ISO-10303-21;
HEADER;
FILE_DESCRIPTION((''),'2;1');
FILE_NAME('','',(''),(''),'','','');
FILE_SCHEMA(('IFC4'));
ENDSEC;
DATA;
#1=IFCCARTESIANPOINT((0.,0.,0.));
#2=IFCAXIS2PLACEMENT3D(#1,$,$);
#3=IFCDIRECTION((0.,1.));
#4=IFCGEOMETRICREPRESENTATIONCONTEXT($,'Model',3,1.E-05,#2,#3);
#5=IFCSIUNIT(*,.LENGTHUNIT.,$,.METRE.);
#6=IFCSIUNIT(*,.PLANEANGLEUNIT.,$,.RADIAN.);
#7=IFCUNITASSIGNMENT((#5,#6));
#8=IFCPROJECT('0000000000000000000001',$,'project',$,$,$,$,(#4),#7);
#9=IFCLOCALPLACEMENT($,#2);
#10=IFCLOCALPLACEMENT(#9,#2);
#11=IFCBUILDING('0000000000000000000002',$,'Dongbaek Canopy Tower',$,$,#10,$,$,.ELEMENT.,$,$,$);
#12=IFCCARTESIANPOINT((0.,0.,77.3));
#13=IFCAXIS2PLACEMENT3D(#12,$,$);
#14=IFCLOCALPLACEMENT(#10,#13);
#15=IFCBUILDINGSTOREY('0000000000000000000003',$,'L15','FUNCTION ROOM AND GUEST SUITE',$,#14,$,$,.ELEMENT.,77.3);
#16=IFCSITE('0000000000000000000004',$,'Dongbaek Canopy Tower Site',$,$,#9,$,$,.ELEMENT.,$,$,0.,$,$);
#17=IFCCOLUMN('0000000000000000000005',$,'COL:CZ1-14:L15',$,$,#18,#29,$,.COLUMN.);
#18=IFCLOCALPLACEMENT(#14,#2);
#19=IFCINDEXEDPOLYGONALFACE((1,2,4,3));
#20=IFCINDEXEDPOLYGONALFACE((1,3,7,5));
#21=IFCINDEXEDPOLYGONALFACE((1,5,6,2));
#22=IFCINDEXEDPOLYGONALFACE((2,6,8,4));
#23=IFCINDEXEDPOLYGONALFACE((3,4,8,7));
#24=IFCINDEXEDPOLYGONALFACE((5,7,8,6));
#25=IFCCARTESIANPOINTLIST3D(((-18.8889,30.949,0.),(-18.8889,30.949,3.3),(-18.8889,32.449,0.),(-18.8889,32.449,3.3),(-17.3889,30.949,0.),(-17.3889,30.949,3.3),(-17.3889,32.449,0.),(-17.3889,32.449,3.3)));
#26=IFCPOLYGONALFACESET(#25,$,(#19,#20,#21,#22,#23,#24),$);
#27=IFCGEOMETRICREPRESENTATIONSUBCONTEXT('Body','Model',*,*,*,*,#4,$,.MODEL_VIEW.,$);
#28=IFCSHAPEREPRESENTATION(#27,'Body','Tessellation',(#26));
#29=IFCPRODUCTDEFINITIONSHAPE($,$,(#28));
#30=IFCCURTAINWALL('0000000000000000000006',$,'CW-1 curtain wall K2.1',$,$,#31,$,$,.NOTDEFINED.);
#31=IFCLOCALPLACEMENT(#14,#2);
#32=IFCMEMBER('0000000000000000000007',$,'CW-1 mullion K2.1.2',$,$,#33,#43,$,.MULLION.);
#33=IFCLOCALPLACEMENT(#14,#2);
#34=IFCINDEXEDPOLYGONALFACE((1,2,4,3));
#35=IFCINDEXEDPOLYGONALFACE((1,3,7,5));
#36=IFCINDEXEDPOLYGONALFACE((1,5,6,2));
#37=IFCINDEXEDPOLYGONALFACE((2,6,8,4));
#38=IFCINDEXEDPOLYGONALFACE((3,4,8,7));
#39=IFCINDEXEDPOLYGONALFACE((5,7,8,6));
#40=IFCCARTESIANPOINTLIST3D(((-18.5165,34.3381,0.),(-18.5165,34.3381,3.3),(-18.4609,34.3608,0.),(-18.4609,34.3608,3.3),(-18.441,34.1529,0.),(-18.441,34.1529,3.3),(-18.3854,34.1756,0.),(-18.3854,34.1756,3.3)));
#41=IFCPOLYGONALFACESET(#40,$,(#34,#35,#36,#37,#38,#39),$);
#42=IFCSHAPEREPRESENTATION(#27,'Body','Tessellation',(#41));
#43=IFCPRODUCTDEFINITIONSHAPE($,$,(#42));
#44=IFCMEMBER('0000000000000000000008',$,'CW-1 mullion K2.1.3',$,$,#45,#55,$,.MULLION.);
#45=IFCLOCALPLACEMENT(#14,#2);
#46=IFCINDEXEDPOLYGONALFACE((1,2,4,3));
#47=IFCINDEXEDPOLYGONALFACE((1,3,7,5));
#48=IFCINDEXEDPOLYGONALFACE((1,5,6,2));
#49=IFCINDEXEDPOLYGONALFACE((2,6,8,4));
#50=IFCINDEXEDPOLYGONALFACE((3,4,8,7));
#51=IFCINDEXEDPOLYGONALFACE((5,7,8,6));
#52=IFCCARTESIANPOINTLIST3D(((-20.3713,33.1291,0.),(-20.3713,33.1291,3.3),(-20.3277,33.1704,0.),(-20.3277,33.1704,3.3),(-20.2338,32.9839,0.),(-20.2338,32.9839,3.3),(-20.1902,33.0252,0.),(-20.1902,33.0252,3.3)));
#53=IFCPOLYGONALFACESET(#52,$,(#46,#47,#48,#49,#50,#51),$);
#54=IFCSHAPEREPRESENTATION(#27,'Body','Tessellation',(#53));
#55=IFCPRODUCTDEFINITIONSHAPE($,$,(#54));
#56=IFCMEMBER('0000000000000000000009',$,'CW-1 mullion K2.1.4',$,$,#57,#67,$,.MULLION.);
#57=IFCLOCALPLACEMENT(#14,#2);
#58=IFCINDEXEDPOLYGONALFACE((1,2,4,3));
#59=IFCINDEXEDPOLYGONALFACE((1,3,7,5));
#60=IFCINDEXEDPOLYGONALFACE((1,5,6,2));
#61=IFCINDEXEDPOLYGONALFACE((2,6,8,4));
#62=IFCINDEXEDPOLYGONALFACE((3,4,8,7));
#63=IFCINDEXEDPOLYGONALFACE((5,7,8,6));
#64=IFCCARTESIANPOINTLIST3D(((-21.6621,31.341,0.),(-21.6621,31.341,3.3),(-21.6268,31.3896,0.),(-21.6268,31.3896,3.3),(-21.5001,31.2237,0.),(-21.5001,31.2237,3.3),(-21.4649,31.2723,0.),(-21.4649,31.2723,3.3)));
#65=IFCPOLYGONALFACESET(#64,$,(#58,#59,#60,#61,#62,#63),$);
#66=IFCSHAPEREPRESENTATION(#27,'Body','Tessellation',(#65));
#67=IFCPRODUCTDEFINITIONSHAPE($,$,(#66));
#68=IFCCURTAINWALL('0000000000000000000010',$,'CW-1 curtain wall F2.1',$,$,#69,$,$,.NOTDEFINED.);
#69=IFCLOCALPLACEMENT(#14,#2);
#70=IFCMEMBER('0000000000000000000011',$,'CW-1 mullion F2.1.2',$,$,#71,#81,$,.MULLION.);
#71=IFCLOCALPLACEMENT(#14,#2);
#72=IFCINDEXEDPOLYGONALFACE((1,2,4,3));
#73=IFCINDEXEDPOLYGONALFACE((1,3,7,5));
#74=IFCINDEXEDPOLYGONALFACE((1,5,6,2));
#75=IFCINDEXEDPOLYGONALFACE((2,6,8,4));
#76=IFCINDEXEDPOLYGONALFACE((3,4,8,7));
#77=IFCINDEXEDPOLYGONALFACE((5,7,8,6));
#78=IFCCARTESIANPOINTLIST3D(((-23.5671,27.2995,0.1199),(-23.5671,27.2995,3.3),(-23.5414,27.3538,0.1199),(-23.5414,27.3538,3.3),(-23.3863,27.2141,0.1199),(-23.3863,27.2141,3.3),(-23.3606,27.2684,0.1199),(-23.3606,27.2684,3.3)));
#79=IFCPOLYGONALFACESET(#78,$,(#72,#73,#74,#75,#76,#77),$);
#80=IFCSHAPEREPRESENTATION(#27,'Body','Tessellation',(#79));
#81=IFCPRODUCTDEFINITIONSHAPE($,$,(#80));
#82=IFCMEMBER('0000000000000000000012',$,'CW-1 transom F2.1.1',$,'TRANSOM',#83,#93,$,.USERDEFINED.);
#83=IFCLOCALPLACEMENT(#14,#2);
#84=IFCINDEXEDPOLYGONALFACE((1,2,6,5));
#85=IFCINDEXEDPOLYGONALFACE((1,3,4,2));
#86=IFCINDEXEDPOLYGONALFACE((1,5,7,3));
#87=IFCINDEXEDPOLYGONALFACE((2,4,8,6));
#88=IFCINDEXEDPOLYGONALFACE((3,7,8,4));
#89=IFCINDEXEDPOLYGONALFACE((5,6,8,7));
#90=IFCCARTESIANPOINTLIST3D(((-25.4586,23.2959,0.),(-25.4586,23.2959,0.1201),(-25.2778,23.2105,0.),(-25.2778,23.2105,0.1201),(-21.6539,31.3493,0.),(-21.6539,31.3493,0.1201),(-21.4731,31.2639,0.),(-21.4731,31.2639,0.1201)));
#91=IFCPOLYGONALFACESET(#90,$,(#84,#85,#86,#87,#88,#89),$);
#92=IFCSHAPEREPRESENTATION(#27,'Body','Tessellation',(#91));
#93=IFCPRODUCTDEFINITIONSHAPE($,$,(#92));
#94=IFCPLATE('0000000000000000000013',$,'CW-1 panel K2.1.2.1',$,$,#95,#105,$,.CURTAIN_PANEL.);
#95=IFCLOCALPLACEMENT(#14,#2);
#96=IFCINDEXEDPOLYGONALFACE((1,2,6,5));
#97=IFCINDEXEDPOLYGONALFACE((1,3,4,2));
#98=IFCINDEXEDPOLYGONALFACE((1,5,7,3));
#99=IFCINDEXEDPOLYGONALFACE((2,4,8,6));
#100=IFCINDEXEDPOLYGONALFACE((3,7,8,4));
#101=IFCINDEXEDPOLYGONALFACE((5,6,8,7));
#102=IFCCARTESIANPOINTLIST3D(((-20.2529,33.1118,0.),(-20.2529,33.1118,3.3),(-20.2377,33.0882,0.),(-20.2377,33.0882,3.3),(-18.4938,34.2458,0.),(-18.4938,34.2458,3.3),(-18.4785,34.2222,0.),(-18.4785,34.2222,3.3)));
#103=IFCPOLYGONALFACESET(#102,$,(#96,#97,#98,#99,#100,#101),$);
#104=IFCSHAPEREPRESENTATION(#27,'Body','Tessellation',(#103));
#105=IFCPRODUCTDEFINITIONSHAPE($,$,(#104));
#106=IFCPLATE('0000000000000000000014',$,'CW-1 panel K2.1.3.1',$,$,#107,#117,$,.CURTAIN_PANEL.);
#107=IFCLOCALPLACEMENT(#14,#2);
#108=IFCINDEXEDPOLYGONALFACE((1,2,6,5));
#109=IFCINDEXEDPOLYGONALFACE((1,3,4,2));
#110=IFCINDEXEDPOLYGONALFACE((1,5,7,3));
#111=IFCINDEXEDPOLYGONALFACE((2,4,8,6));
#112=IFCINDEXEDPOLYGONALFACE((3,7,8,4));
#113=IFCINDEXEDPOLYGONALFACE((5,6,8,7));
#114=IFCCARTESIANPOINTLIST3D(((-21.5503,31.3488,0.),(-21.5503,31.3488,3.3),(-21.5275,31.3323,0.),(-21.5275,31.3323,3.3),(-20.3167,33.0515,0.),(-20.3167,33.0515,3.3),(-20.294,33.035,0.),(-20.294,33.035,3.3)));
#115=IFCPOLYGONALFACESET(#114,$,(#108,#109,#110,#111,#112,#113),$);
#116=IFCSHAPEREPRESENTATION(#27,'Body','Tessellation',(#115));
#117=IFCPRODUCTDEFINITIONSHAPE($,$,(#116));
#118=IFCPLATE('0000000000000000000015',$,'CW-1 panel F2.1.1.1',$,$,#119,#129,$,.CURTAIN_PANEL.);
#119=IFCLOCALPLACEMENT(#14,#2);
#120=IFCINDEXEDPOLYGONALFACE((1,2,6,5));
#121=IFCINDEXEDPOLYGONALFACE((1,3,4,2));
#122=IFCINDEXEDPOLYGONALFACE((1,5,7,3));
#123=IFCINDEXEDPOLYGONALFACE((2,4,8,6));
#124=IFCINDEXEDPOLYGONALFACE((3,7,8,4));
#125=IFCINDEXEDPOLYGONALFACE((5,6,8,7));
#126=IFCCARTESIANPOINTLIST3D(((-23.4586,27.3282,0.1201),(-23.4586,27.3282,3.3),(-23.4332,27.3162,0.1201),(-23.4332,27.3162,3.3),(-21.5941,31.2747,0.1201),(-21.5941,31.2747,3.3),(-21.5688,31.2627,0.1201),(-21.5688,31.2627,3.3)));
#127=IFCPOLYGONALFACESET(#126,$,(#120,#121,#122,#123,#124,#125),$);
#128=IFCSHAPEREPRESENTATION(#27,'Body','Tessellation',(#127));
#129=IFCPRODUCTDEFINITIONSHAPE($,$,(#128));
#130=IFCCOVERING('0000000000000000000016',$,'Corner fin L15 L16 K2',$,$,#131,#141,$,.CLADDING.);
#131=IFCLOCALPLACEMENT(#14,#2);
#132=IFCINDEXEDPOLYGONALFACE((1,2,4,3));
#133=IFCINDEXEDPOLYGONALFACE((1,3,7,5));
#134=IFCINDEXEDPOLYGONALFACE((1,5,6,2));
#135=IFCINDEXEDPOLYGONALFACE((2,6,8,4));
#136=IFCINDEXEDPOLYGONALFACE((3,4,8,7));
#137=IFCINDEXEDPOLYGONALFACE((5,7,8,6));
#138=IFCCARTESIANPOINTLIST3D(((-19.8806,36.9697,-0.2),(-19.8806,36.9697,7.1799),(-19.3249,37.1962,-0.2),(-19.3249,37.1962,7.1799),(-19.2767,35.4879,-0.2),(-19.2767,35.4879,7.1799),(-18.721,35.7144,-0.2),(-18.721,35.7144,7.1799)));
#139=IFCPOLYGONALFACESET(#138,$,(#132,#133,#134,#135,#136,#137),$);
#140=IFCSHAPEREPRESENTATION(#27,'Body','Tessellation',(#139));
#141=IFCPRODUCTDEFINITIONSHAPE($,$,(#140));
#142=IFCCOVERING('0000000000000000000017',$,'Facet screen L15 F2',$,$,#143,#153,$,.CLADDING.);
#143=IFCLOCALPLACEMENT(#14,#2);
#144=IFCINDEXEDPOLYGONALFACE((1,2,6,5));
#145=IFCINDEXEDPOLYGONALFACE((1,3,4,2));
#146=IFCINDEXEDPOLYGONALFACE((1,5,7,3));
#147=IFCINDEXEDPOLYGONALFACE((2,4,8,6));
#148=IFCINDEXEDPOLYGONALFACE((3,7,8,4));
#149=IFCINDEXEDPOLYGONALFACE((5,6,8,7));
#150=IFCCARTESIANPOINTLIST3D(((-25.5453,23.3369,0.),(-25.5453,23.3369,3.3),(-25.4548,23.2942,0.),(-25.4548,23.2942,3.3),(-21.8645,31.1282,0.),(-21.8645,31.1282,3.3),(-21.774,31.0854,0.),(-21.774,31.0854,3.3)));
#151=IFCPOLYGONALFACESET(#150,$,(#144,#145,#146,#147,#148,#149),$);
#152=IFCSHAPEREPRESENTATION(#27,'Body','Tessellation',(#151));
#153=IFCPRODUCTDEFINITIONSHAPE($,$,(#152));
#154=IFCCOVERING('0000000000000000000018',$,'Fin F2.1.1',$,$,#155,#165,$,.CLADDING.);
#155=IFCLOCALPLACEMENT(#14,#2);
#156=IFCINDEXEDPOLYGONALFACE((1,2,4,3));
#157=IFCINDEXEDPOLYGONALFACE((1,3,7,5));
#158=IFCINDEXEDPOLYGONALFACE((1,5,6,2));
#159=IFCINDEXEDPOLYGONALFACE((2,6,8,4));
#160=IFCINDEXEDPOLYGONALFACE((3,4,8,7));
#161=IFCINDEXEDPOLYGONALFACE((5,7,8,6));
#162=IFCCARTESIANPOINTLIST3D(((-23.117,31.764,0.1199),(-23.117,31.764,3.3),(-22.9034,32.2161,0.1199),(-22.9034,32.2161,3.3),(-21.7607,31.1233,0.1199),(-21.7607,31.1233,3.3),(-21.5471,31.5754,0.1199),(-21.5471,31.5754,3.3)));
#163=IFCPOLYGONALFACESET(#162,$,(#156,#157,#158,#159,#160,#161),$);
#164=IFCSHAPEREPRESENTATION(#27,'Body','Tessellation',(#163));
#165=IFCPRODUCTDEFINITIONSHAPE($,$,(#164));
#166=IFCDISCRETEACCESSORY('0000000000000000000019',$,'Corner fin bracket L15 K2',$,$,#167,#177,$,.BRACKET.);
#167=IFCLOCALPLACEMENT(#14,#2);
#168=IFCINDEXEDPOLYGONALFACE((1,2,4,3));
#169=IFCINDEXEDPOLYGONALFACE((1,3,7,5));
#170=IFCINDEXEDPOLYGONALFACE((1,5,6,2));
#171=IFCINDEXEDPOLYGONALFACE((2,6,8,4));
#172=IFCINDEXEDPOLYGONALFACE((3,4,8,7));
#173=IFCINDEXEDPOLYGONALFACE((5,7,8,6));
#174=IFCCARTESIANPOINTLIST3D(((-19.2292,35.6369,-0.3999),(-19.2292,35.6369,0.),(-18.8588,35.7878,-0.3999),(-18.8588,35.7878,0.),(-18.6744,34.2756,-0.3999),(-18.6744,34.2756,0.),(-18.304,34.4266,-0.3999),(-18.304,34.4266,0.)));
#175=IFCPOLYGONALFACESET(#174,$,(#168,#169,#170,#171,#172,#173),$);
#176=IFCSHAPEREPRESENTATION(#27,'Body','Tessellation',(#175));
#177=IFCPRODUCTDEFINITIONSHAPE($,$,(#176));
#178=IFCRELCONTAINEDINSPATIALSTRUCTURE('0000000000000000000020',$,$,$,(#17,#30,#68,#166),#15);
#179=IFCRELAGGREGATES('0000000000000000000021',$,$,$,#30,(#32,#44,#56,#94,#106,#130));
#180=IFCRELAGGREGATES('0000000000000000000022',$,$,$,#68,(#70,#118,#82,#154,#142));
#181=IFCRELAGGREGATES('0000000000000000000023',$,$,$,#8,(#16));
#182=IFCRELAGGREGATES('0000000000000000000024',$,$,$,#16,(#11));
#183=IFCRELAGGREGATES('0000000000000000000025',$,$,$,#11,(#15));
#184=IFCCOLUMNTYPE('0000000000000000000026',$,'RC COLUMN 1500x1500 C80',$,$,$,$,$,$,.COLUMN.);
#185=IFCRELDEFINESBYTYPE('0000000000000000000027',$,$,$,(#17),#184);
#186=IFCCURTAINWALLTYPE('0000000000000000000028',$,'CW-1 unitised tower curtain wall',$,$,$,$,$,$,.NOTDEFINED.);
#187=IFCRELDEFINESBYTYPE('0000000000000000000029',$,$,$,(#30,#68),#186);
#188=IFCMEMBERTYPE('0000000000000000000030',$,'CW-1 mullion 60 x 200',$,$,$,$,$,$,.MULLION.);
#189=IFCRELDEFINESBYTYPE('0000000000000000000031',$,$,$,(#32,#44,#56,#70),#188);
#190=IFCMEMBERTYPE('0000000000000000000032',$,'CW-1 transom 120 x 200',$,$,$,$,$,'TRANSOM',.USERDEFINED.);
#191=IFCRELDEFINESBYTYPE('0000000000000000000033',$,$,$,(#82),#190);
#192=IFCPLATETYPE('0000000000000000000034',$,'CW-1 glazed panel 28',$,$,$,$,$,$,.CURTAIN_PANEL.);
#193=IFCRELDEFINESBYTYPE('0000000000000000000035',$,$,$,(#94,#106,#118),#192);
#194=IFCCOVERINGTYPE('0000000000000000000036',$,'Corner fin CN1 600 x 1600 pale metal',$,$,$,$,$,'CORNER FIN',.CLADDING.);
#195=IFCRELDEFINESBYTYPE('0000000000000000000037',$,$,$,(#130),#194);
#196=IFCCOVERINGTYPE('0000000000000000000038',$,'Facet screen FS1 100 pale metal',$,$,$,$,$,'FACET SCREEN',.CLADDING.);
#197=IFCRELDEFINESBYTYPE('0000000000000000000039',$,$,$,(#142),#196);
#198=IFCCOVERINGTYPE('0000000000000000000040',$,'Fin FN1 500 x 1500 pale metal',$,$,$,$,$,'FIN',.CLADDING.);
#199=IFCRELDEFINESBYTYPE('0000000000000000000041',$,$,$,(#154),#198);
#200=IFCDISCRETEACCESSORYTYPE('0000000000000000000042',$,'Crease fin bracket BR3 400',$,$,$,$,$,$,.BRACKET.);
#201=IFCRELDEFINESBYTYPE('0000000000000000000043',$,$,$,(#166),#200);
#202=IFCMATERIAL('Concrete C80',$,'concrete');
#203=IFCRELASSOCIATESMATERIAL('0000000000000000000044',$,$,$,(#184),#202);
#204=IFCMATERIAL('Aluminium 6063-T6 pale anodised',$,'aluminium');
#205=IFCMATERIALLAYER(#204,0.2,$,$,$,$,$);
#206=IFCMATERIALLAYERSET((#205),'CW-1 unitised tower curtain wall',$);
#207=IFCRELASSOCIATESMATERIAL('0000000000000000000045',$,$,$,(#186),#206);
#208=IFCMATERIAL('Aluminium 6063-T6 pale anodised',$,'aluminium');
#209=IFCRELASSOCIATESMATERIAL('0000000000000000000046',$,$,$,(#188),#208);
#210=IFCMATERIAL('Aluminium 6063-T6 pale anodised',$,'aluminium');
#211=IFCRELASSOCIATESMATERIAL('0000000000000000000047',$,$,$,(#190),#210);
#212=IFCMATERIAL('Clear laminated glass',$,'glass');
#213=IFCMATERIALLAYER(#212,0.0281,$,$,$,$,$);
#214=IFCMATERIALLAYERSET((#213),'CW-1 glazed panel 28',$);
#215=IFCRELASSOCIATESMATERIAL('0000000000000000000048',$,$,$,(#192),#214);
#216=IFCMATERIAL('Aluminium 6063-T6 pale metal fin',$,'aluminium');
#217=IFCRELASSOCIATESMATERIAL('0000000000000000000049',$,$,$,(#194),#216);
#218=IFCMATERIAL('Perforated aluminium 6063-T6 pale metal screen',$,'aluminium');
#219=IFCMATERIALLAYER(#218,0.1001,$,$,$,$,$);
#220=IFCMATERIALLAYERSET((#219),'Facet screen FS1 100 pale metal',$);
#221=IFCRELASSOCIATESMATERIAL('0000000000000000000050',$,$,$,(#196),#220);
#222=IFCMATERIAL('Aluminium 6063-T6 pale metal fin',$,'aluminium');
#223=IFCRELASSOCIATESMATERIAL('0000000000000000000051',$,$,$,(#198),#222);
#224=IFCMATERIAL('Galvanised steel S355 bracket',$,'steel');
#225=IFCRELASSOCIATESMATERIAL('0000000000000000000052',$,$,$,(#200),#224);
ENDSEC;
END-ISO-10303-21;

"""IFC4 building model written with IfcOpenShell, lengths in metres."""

from ifc_helpers import new_model, si_unit, direction, frame, origin, origin_2d, place, context, subcontext, project, spatial, rectangle, extrude, material, layer, layer_set, material_profile, profile_set, type_object, element, aggregate, save


model = new_model("IFC4")

# Units and contexts
model_context = context("Model", 3, precision=1e-05, world=origin(), true_north=direction((0.0, 1.0)))
body_context = subcontext(model_context, "Body", "Model", "MODEL_VIEW")
ifc_project = project(units=[si_unit("LENGTHUNIT", "METRE"), si_unit("PLANEANGLEUNIT", "RADIAN")], contexts=[model_context])

# Site, building, storey
site_placement = place(None, origin())
site = spatial("IfcSite", under=ifc_project, at=site_placement, Name="Dongbaek Canopy Tower Site", CompositionType="ELEMENT", RefElevation=0.0)
building_placement = place(site_placement, origin())
building = spatial("IfcBuilding", under=site, at=building_placement, Name="Dongbaek Canopy Tower", CompositionType="ELEMENT")
storey_placement = place(building_placement, frame((0.0, 0.0, 77.3)))
storey = spatial("IfcBuildingStorey", under=building, at=storey_placement, Name="L15", Description="FUNCTION ROOM AND GUEST SUITE", CompositionType="ELEMENT", Elevation=77.3)

# Column
ifc_material_1 = material(Name="Concrete C80", Category="concrete")
ifc_material_profile_1 = material_profile(ifc_material_1, rectangle(XDim=1.5, YDim=1.5, at=origin_2d()), Name="RC COLUMN 1500x1500 C80")
ifc_profile_set_1 = profile_set([ifc_material_profile_1], Name="Concrete C80")
column_type = type_object("IfcColumnType", Name="RC COLUMN 1500x1500 C80", PredefinedType="COLUMN", material=ifc_profile_set_1)
column_placement = place(storey_placement, frame((-18.1389, 31.699, 0.0), z_axis=(0.0, 0.0, 1.0), x_axis=(1.0, 0.0, 0.0)))
element("IfcColumn", 1, at=column_placement, inside=storey, type_object=column_type, Name="COL:CZ1-14:L15", PredefinedType="COLUMN", context=body_context, shape_type="SweptSolid", body=[
    extrude(rectangle(XDim=1.5, YDim=1.5, at=origin_2d()), origin(), (0.0, 0.0, 1.0), 3.3),
])

# Curtain walls, members
ifc_material_2 = material(Name="Aluminium 6063-T6 pale anodised", Category="aluminium")
ifc_layer_1 = layer(ifc_material_2, 0.2)
ifc_layer_set_1 = layer_set([ifc_layer_1], Name="CW-1 unitised tower curtain wall")
curtain_wall_type = type_object("IfcCurtainWallType", Name="CW-1 unitised tower curtain wall", PredefinedType="NOTDEFINED", material=ifc_layer_set_1)
curtain_wall_1_placement = place(storey_placement, origin())
curtain_wall_1 = element("IfcCurtainWall", 2, at=curtain_wall_1_placement, inside=storey, type_object=curtain_wall_type, Name="CW-1 curtain wall K2.1", PredefinedType="NOTDEFINED")
ifc_material_3 = material(Name="Aluminium 6063-T6 pale anodised", Category="aluminium")
ifc_material_profile_2 = material_profile(ifc_material_3, rectangle(XDim=0.2, YDim=0.0601, at=origin_2d()), Name="CW-1 mullion 60 x 200")
ifc_profile_set_2 = profile_set([ifc_material_profile_2], Name="Aluminium 6063-T6 pale anodised")
member_type_1 = type_object("IfcMemberType", Name="CW-1 mullion 60 x 200", PredefinedType="MULLION", material=ifc_profile_set_2)
member_1_placement = place(storey_placement, frame((-18.4509, 34.2568, 0.0), z_axis=(0.0, 0.0, 1.0), x_axis=(-0.377412, 0.926045, 0.0)))
member_1 = element("IfcMember", 3, at=member_1_placement, type_object=member_type_1, Name="CW-1 mullion K2.1.2", PredefinedType="MULLION", context=body_context, shape_type="SweptSolid", body=[
    extrude(rectangle(XDim=0.2, YDim=0.0601, at=origin_2d()), origin(), (0.0, 0.0, 1.0), 3.3),
])
member_2_placement = place(storey_placement, frame((-20.2808, 33.0771, 0.0), z_axis=(0.0, 0.0, 1.0), x_axis=(-0.687634, 0.726058, 0.0)))
member_2 = element("IfcMember", 4, at=member_2_placement, type_object=member_type_1, Name="CW-1 mullion K2.1.3", PredefinedType="MULLION", context=body_context, shape_type="SweptSolid", body=[
    extrude(rectangle(XDim=0.2, YDim=0.0601, at=origin_2d()), origin(), (0.0, 0.0, 1.0), 3.3),
])
member_3_placement = place(storey_placement, frame((-21.5635, 31.3066, 0.0), z_axis=(0.0, 0.0, 1.0), x_axis=(-0.809815, 0.586685, 0.0)))
member_3 = element("IfcMember", 5, at=member_3_placement, type_object=member_type_1, Name="CW-1 mullion K2.1.4", PredefinedType="MULLION", context=body_context, shape_type="SweptSolid", body=[
    extrude(rectangle(XDim=0.2, YDim=0.0601, at=origin_2d()), origin(), (0.0, 0.0, 1.0), 3.3),
])
curtain_wall_2_placement = place(storey_placement, origin())
curtain_wall_2 = element("IfcCurtainWall", 6, at=curtain_wall_2_placement, inside=storey, type_object=curtain_wall_type, Name="CW-1 curtain wall F2.1", PredefinedType="NOTDEFINED")
member_4_placement = place(storey_placement, frame((-23.4639, 27.2839, 0.1199), z_axis=(0.0, 0.0, 1.0), x_axis=(-0.904177, 0.427157, 0.0)))
member_4 = element("IfcMember", 7, at=member_4_placement, type_object=member_type_1, Name="CW-1 mullion F2.1.2", PredefinedType="MULLION", context=body_context, shape_type="SweptSolid", body=[
    extrude(rectangle(XDim=0.2, YDim=0.0601, at=origin_2d()), origin(), (0.0, 0.0, 1.0), 3.1802),
])
ifc_material_4 = material(Name="Aluminium 6063-T6 pale anodised", Category="aluminium")
ifc_material_profile_3 = material_profile(ifc_material_4, rectangle(XDim=0.2, YDim=0.1201, at=origin_2d()), Name="CW-1 transom 120 x 200")
ifc_profile_set_3 = profile_set([ifc_material_profile_3], Name="Aluminium 6063-T6 pale anodised")
member_type_2 = type_object("IfcMemberType", Name="CW-1 transom 120 x 200", ElementType="TRANSOM", PredefinedType="USERDEFINED", material=ifc_profile_set_3)
member_5_placement = place(storey_placement, frame((-21.5635, 31.3066, 0.0601), z_axis=(-0.427159, -0.904177, 0.0), x_axis=(0.904177, -0.427159, 0.0)))
member_5 = element("IfcMember", 8, at=member_5_placement, type_object=member_type_2, Name="CW-1 transom F2.1.1", ObjectType="TRANSOM", PredefinedType="USERDEFINED", context=body_context, shape_type="SweptSolid", body=[
    extrude(rectangle(XDim=0.2, YDim=0.1201, at=origin_2d()), origin(), (0.0, 0.0, 1.0), 8.907),
])

# Plates
ifc_material_5 = material(Name="Clear laminated glass", Category="glass")
ifc_layer_2 = layer(ifc_material_5, 0.0281)
ifc_layer_set_2 = layer_set([ifc_layer_2], Name="CW-1 glazed panel 28")
plate_type = type_object("IfcPlateType", Name="CW-1 glazed panel 28", PredefinedType="CURTAIN_PANEL", material=ifc_layer_set_2)
plate_1_placement = place(storey_placement, frame((-19.3657, 33.667, 0.0), z_axis=(0.0, 0.0, 1.0), x_axis=(-0.840488, -0.54183, 0.0)))
plate_1 = element("IfcPlate", 9, at=plate_1_placement, type_object=plate_type, Name="CW-1 panel K2.1.2.1", PredefinedType="CURTAIN_PANEL", context=body_context, shape_type="SweptSolid", body=[
    extrude(rectangle(XDim=2.093, YDim=0.0281, at=origin_2d()), origin(), (0.0, 0.0, 1.0), 3.3),
])
plate_2_placement = place(storey_placement, frame((-20.9221, 32.1919, 0.0), z_axis=(0.0, 0.0, 1.0), x_axis=(-0.586685, -0.809815, 0.0)))
plate_2 = element("IfcPlate", 10, at=plate_2_placement, type_object=plate_type, Name="CW-1 panel K2.1.3.1", PredefinedType="CURTAIN_PANEL", context=body_context, shape_type="SweptSolid", body=[
    extrude(rectangle(XDim=2.1025, YDim=0.0281, at=origin_2d()), origin(), (0.0, 0.0, 1.0), 3.3),
])
plate_3_placement = place(storey_placement, frame((-22.5137, 29.2954, 0.1201), z_axis=(0.0, 0.0, 1.0), x_axis=(-0.427157, -0.904177, 0.0)))
plate_3 = element("IfcPlate", 11, at=plate_3_placement, type_object=plate_type, Name="CW-1 panel F2.1.1.1", PredefinedType="CURTAIN_PANEL", context=body_context, shape_type="SweptSolid", body=[
    extrude(rectangle(XDim=4.3647, YDim=0.0281, at=origin_2d()), origin(), (0.0, 0.0, 1.0), 3.1799),
])

# Coverings
ifc_material_6 = material(Name="Aluminium 6063-T6 pale metal fin", Category="aluminium")
ifc_material_profile_4 = material_profile(ifc_material_6, rectangle(XDim=1.6001, YDim=0.6001, at=origin_2d()), Name="Corner fin CN1 600 x 1600 pale metal")
ifc_profile_set_4 = profile_set([ifc_material_profile_4], Name="Aluminium 6063-T6 pale metal fin")
covering_type_1 = type_object("IfcCoveringType", Name="Corner fin CN1 600 x 1600 pale metal", ElementType="CORNER FIN", PredefinedType="CLADDING", material=ifc_profile_set_4)
covering_1_placement = place(storey_placement, frame((-19.3008, 36.342, -0.2), z_axis=(0.0, 0.0, 1.0), x_axis=(-0.377413, 0.926045, 0.0)))
covering_1 = element("IfcCovering", 12, at=covering_1_placement, type_object=covering_type_1, Name="Corner fin L15 L16 K2", PredefinedType="CLADDING", context=body_context, shape_type="SweptSolid", body=[
    extrude(rectangle(XDim=1.6001, YDim=0.6001, at=origin_2d()), origin(), (0.0, 0.0, 1.0), 7.3799),
])
aggregate(curtain_wall_1, [member_1, member_2, member_3, plate_1, plate_2, covering_1])
ifc_material_7 = material(Name="Perforated aluminium 6063-T6 pale metal screen", Category="aluminium")
ifc_layer_3 = layer(ifc_material_7, 0.1001)
ifc_layer_set_3 = layer_set([ifc_layer_3], Name="Facet screen FS1 100 pale metal")
covering_type_2 = type_object("IfcCoveringType", Name="Facet screen FS1 100 pale metal", ElementType="FACET SCREEN", PredefinedType="CLADDING", material=ifc_layer_set_3)
covering_2_placement = place(storey_placement, frame((-23.6597, 27.2112, 0.0), z_axis=(0.0, 0.0, 1.0), x_axis=(-0.427157, -0.904177, 0.0)))
covering_2 = element("IfcCovering", 13, at=covering_2_placement, type_object=covering_type_2, Name="Facet screen L15 F2", PredefinedType="CLADDING", context=body_context, shape_type="SweptSolid", body=[
    extrude(rectangle(XDim=8.6169, YDim=0.1001, at=origin_2d()), origin(), (0.0, 0.0, 1.0), 3.3),
])
ifc_material_8 = material(Name="Aluminium 6063-T6 pale metal fin", Category="aluminium")
ifc_material_profile_5 = material_profile(ifc_material_8, rectangle(XDim=1.5, YDim=0.5, at=origin_2d()), Name="Fin FN1 500 x 1500 pale metal")
ifc_profile_set_5 = profile_set([ifc_material_profile_5], Name="Aluminium 6063-T6 pale metal fin")
covering_type_3 = type_object("IfcCoveringType", Name="Fin FN1 500 x 1500 pale metal", ElementType="FIN", PredefinedType="CLADDING", material=ifc_profile_set_5)
covering_3_placement = place(storey_placement, frame((-22.332, 31.6697, 0.1199), z_axis=(0.0, 0.0, 1.0), x_axis=(-0.904177, 0.427157, 0.0)))
covering_3 = element("IfcCovering", 14, at=covering_3_placement, type_object=covering_type_3, Name="Fin F2.1.1", PredefinedType="CLADDING", context=body_context, shape_type="SweptSolid", body=[
    extrude(rectangle(XDim=1.5, YDim=0.5, at=origin_2d()), origin(), (0.0, 0.0, 1.0), 3.1802),
])
aggregate(curtain_wall_2, [member_4, plate_3, member_5, covering_3, covering_2])

# Discrete accessory
ifc_material_9 = material(Name="Galvanised steel S355 bracket", Category="steel")
discrete_accessory_type = type_object("IfcDiscreteAccessoryType", Name="Crease fin bracket BR3 400", PredefinedType="BRACKET", material=ifc_material_9)
discrete_accessory_placement = place(storey_placement, frame((-18.7666, 35.0317, -0.3999), z_axis=(0.0, 0.0, 1.0), x_axis=(-0.377413, 0.926045, 0.0)))
element("IfcDiscreteAccessory", 15, at=discrete_accessory_placement, inside=storey, type_object=discrete_accessory_type, Name="Corner fin bracket L15 K2", PredefinedType="BRACKET", context=body_context, shape_type="SweptSolid", body=[
    extrude(rectangle(XDim=1.47, YDim=0.3999, at=origin_2d()), origin(), (0.0, 0.0, 1.0), 0.3999),
])

save(model, "model.ifc")
